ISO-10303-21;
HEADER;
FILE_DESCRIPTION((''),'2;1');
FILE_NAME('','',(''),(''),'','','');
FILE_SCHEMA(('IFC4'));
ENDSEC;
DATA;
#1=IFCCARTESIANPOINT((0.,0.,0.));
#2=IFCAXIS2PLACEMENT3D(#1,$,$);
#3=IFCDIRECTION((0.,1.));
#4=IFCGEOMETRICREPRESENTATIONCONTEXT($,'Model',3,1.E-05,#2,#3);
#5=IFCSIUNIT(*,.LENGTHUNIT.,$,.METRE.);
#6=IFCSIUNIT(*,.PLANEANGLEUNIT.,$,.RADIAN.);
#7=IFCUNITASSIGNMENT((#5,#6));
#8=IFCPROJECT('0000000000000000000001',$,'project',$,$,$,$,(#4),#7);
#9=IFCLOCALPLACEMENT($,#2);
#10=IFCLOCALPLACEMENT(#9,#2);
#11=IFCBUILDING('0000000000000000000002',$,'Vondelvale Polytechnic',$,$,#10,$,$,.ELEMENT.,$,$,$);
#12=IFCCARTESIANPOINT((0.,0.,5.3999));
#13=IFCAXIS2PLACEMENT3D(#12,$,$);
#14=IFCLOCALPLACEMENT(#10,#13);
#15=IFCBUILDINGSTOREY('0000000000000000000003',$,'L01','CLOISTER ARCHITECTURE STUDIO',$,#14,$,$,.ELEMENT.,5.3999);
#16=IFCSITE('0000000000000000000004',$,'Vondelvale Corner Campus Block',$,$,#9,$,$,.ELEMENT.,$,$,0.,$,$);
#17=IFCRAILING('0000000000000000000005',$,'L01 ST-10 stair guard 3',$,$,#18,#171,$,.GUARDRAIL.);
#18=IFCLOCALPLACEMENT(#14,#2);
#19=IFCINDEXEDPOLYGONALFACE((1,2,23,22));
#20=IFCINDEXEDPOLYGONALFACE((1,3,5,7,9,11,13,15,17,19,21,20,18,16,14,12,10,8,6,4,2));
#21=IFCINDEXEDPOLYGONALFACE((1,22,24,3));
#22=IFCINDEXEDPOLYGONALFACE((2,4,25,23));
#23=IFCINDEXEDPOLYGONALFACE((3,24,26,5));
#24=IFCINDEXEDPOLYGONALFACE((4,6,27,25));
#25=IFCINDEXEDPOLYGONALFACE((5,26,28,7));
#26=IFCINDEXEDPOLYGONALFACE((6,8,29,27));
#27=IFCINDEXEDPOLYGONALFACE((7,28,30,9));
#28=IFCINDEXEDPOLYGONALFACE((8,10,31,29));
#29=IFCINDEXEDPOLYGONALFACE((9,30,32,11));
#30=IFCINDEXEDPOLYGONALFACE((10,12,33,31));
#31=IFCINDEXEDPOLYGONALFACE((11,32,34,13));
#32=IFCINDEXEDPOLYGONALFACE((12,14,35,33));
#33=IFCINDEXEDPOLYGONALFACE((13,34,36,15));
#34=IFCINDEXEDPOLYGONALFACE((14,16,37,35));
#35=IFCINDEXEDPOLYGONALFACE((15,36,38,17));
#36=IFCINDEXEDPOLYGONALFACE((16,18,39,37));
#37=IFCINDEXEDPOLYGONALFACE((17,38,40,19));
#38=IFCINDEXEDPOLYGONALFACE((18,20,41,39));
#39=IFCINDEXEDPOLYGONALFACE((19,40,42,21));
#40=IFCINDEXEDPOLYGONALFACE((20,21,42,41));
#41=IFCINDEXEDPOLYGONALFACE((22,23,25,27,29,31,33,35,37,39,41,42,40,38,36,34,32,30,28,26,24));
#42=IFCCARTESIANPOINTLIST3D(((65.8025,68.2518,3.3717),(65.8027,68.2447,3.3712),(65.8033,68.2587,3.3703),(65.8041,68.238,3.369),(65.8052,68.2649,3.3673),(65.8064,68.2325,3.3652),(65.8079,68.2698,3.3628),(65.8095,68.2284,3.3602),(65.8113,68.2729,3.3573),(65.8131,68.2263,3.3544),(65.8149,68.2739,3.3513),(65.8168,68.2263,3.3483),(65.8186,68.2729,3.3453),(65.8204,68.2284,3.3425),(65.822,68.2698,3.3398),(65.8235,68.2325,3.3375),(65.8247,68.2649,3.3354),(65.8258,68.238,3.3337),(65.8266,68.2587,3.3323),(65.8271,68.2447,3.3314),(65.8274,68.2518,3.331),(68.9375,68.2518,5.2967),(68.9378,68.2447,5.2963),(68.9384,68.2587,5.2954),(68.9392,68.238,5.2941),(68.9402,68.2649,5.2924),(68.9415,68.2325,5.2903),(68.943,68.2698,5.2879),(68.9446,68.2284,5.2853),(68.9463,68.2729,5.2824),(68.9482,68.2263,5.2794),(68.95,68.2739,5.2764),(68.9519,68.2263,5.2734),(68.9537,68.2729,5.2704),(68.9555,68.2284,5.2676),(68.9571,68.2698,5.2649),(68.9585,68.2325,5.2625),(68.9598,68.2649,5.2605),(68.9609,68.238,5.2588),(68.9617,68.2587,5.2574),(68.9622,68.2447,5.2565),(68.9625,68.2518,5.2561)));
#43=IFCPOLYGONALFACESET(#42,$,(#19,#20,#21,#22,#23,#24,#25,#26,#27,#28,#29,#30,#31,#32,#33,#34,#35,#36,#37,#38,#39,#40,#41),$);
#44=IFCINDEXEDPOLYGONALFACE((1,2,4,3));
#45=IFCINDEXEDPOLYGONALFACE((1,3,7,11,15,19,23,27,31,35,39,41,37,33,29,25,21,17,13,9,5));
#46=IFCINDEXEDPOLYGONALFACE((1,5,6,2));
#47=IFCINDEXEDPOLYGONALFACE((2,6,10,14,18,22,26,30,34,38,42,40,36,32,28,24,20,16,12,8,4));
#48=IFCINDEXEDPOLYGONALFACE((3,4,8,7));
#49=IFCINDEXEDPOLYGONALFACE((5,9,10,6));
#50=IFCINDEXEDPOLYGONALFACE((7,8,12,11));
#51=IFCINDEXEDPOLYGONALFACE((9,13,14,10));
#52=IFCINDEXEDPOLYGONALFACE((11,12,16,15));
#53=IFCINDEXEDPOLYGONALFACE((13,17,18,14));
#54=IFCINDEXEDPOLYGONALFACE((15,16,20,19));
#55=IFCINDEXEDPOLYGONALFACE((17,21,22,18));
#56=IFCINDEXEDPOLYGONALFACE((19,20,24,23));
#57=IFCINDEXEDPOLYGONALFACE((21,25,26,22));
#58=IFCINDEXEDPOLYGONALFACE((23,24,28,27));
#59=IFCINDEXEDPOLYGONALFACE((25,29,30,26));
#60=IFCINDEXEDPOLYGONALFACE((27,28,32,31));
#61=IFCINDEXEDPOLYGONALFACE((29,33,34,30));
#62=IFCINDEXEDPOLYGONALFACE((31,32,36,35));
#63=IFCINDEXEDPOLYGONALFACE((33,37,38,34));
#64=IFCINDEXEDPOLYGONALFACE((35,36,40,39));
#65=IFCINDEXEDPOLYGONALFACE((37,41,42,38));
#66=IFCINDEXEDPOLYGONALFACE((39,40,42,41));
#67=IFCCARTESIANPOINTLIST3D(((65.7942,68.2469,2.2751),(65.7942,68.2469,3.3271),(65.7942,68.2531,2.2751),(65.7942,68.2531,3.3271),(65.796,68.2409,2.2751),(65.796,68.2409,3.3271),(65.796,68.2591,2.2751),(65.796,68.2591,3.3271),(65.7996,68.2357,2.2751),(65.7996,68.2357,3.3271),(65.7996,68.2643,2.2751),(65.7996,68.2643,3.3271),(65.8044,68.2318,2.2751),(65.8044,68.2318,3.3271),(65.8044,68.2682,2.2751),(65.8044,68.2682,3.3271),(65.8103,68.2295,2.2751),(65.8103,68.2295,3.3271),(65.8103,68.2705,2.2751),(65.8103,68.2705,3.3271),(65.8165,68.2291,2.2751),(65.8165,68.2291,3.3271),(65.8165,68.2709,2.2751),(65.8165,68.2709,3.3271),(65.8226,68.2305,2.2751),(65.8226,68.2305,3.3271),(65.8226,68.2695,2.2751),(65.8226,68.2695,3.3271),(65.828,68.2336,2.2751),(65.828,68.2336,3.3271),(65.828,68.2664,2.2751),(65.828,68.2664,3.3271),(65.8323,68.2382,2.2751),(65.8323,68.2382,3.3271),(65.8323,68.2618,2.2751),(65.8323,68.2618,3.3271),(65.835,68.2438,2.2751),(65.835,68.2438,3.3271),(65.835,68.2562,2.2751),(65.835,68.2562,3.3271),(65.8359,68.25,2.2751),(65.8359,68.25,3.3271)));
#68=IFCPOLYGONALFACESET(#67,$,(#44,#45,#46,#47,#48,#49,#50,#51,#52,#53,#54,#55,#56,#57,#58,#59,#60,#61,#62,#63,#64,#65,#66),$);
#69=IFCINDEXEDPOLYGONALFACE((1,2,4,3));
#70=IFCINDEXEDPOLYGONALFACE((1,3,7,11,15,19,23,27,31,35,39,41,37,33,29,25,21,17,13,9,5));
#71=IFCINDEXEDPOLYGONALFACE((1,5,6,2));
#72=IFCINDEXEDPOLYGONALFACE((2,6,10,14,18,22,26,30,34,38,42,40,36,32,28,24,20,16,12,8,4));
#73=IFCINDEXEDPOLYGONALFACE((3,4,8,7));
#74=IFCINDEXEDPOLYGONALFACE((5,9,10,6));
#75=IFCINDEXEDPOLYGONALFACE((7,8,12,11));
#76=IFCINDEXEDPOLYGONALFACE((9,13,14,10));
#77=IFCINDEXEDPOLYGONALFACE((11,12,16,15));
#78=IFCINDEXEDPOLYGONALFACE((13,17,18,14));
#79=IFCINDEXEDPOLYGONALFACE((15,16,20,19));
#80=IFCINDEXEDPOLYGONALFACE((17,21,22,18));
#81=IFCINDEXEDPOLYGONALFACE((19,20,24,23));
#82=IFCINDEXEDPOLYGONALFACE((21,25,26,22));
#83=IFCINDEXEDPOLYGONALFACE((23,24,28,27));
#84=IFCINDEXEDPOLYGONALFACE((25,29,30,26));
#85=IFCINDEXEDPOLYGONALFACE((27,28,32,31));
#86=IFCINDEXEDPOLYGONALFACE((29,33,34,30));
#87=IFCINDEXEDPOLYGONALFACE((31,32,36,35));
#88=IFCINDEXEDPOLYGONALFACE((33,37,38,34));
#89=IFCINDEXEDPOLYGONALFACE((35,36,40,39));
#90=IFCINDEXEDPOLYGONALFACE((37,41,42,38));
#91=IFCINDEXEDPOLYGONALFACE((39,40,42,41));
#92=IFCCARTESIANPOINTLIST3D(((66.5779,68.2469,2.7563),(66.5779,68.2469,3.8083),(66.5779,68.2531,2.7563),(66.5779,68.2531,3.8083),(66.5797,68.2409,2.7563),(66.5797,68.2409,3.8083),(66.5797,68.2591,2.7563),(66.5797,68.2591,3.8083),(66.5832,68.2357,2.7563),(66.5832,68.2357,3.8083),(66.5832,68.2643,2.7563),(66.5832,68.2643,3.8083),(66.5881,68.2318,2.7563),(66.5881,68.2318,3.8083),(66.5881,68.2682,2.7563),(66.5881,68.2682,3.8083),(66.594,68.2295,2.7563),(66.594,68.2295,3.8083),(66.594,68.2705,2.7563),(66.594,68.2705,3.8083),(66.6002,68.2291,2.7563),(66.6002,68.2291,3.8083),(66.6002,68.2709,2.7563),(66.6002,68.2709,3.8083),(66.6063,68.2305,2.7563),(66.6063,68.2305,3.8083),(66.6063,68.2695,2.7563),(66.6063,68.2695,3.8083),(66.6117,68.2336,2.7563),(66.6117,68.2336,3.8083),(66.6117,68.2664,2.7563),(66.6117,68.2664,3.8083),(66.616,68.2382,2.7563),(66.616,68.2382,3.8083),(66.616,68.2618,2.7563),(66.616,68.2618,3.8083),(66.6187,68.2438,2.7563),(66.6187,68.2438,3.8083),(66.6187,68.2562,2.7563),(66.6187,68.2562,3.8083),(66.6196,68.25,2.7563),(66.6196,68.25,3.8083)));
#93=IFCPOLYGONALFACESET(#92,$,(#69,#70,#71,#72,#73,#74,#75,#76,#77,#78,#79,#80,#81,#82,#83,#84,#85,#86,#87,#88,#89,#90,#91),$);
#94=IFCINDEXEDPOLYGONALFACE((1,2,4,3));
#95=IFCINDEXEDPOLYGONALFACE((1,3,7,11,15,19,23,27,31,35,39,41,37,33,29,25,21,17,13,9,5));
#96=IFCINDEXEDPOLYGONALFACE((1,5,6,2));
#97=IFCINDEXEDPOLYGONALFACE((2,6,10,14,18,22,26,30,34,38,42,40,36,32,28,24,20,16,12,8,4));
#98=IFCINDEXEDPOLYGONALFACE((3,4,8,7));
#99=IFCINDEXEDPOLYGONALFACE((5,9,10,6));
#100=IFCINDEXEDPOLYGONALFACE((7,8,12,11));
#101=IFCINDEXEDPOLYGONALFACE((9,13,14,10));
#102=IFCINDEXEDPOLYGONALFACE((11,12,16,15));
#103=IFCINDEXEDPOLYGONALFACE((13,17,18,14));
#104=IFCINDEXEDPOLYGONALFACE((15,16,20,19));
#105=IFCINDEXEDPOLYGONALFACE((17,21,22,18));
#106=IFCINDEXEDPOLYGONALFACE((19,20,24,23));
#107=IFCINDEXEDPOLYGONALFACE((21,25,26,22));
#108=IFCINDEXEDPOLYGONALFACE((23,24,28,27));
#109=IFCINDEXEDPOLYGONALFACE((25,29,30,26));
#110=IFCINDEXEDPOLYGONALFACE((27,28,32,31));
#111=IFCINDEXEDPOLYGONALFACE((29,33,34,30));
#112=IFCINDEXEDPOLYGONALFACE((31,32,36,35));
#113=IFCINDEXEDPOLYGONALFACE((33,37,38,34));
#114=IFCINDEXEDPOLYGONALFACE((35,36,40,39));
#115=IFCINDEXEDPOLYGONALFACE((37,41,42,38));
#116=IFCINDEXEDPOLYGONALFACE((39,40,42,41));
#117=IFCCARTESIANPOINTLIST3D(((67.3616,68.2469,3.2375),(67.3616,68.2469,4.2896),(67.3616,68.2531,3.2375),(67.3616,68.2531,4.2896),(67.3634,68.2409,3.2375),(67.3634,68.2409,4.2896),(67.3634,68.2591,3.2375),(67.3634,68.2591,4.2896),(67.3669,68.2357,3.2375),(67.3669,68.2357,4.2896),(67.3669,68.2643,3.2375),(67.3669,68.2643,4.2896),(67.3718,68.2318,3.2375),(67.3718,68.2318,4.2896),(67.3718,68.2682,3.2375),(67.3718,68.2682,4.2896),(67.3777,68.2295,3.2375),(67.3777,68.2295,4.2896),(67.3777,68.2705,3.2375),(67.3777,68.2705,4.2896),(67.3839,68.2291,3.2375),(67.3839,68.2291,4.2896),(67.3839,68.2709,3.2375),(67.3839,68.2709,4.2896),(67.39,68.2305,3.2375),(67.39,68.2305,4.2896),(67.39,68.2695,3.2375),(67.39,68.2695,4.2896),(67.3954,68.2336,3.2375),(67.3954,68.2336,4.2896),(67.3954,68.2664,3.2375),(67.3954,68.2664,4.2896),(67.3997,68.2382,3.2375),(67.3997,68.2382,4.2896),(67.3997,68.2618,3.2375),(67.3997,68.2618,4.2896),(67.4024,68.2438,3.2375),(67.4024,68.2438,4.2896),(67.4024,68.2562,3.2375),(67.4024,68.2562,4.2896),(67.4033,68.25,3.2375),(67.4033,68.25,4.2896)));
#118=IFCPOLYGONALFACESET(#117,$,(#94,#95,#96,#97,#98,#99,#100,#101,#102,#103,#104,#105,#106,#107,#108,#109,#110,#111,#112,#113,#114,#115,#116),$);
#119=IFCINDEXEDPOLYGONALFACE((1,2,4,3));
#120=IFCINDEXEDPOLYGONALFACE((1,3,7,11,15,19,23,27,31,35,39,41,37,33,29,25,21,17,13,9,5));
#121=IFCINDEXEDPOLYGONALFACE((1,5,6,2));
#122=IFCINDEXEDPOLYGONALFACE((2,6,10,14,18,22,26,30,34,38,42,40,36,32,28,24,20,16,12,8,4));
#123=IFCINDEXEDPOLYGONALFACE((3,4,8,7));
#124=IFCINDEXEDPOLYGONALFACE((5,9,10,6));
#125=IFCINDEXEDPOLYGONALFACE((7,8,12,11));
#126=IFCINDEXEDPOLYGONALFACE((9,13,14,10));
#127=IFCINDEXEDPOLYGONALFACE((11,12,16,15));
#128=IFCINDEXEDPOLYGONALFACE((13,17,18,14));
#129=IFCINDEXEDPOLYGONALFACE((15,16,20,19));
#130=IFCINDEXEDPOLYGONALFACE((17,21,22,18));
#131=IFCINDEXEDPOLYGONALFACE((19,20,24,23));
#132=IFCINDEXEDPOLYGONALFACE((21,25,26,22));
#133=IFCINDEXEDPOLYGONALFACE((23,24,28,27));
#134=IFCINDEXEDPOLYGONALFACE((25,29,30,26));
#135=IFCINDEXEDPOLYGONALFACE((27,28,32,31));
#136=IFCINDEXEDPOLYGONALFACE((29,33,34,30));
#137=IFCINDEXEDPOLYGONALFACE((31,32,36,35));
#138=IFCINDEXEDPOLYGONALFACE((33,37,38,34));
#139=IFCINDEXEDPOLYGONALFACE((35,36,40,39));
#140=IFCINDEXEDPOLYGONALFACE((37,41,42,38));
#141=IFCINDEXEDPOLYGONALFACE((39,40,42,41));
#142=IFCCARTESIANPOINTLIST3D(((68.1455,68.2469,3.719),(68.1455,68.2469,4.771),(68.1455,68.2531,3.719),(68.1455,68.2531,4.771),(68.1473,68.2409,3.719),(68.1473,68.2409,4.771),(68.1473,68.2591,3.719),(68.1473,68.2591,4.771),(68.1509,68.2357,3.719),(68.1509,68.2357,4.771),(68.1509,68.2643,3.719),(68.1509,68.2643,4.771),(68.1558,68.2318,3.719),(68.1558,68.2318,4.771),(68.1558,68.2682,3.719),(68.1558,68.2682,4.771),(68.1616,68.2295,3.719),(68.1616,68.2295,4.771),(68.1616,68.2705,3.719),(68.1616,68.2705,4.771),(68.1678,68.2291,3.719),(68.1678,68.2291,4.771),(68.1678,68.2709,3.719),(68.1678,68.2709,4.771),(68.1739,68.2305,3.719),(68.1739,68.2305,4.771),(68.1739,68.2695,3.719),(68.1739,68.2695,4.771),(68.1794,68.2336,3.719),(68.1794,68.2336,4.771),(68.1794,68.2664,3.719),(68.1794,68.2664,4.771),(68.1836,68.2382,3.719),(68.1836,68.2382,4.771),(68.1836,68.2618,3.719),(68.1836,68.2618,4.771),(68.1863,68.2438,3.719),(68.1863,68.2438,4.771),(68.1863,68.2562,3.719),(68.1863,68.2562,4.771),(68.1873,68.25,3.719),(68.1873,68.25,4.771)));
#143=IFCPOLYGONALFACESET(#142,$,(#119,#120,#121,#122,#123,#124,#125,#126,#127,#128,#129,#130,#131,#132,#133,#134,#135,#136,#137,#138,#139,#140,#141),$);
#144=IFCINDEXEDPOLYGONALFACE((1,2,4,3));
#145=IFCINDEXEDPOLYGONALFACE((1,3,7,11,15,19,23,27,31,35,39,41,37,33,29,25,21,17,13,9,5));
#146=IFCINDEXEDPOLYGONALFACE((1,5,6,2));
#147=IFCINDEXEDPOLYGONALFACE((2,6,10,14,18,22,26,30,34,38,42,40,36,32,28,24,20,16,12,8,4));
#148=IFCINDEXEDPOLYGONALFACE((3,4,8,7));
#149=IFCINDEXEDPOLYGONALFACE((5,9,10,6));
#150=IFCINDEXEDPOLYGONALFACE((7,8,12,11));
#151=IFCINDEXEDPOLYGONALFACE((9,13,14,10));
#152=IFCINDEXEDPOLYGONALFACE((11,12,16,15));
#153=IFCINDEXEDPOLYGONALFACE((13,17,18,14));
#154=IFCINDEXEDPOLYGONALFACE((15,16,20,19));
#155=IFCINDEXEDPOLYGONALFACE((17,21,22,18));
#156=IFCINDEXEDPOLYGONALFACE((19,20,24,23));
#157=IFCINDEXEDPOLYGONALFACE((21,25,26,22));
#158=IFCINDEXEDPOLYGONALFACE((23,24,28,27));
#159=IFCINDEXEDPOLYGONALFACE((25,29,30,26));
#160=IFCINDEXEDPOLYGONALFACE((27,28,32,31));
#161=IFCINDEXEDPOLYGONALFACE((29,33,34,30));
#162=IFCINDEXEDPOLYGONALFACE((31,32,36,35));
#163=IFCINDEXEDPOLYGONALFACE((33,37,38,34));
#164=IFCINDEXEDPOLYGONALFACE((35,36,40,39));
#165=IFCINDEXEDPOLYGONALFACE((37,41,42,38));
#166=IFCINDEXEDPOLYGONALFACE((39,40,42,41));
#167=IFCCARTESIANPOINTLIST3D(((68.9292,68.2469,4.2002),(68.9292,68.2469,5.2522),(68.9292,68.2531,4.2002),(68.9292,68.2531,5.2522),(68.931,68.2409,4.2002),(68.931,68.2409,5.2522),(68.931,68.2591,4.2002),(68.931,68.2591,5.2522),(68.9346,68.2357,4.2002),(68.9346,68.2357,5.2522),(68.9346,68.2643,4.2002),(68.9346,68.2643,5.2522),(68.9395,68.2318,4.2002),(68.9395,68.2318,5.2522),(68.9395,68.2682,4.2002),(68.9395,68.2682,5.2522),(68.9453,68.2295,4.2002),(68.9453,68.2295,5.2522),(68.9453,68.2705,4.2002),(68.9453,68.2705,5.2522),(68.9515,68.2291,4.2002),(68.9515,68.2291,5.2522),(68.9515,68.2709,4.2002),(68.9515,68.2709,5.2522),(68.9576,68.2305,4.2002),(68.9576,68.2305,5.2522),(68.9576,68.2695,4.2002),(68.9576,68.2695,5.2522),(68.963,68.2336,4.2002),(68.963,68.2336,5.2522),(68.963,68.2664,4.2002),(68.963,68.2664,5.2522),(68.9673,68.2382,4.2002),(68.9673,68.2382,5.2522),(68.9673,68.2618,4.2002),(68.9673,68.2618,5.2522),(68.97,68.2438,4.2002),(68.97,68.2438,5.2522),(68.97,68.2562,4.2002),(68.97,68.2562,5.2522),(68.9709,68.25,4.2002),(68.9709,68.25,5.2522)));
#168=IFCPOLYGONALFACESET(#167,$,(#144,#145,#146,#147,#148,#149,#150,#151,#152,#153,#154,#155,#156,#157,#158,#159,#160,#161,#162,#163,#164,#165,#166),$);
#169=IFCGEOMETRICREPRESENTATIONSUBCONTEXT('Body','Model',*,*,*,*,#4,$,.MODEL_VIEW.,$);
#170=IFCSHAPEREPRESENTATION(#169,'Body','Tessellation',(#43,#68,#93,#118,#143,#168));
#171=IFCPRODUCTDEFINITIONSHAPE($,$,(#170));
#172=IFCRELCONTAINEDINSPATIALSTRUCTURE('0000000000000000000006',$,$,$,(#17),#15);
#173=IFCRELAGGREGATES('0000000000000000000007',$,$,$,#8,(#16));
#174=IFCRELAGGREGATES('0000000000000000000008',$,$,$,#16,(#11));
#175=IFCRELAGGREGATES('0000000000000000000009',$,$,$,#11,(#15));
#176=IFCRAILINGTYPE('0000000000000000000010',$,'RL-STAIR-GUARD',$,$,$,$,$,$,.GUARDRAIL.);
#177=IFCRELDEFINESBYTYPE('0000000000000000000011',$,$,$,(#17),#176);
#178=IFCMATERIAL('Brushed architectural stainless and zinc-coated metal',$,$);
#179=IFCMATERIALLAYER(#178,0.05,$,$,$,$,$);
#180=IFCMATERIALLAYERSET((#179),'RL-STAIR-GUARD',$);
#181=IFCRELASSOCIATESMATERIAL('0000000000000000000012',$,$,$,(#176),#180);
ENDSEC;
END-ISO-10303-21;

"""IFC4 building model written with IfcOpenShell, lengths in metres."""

from ifc_helpers import new_model, si_unit, direction, frame, origin, origin_2d, place, context, subcontext, project, spatial, circle, extrude, material, layer, layer_set, type_object, element, save


model = new_model("IFC4")

# Units and contexts
model_context = context("Model", 3, precision=1e-05, world=origin(), true_north=direction((0.0, 1.0)))
body_context = subcontext(model_context, "Body", "Model", "MODEL_VIEW")
ifc_project = project(units=[si_unit("LENGTHUNIT", "METRE"), si_unit("PLANEANGLEUNIT", "RADIAN")], contexts=[model_context])

# Site, building, storey
site_placement = place(None, origin())
site = spatial("IfcSite", under=ifc_project, at=site_placement, Name="Vondelvale Corner Campus Block", CompositionType="ELEMENT", RefElevation=0.0)
building_placement = place(site_placement, origin())
building = spatial("IfcBuilding", under=site, at=building_placement, Name="Vondelvale Polytechnic", CompositionType="ELEMENT")
storey_placement = place(building_placement, frame((0.0, 0.0, 5.3999)))
storey = spatial("IfcBuildingStorey", under=building, at=storey_placement, Name="L01", Description="CLOISTER ARCHITECTURE STUDIO", CompositionType="ELEMENT", Elevation=5.3999)

# Railing
ifc_material_1 = material(Name="Brushed architectural stainless and zinc-coated metal")
ifc_layer_1 = layer(ifc_material_1, 0.05)
ifc_layer_set_1 = layer_set([ifc_layer_1], Name="RL-STAIR-GUARD")
railing_type_1 = type_object("IfcRailingType", Name="RL-STAIR-GUARD", PredefinedType="GUARDRAIL", material=ifc_layer_set_1)
railing_1_placement = place(storey_placement, frame((65.8149, 68.25, 2.2751)))
element("IfcRailing", 1, at=railing_1_placement, inside=storey, type_object=railing_type_1, Name="L01 ST-10 stair guard 3", PredefinedType="GUARDRAIL", context=body_context, shape_type="SweptSolid", body=[
    extrude(circle(Radius=0.0239, at=origin_2d()), frame((0.0, 0.0, 1.0762), z_axis=(0.852166, 0.0, 0.523271), x_axis=(0.0, 1.0, 0.0)), (0.0, 0.0, 1.0), 3.679),
    extrude(circle(Radius=0.021, at=origin_2d()), origin(), (0.0, 0.0, 1.0), 1.052),
    extrude(circle(Radius=0.021, at=origin_2d()), frame((0.7837, 0.0, 0.4812)), (0.0, 0.0, 1.0), 1.052),
    extrude(circle(Radius=0.021, at=origin_2d()), frame((1.5674, 0.0, 0.9624)), (0.0, 0.0, 1.0), 1.052),
    extrude(circle(Radius=0.021, at=origin_2d()), frame((2.3513, 0.0, 1.4438)), (0.0, 0.0, 1.0), 1.052),
    extrude(circle(Radius=0.021, at=origin_2d()), frame((3.135, 0.0, 1.925)), (0.0, 0.0, 1.0), 1.052),
])

save(model, "model.ifc")
